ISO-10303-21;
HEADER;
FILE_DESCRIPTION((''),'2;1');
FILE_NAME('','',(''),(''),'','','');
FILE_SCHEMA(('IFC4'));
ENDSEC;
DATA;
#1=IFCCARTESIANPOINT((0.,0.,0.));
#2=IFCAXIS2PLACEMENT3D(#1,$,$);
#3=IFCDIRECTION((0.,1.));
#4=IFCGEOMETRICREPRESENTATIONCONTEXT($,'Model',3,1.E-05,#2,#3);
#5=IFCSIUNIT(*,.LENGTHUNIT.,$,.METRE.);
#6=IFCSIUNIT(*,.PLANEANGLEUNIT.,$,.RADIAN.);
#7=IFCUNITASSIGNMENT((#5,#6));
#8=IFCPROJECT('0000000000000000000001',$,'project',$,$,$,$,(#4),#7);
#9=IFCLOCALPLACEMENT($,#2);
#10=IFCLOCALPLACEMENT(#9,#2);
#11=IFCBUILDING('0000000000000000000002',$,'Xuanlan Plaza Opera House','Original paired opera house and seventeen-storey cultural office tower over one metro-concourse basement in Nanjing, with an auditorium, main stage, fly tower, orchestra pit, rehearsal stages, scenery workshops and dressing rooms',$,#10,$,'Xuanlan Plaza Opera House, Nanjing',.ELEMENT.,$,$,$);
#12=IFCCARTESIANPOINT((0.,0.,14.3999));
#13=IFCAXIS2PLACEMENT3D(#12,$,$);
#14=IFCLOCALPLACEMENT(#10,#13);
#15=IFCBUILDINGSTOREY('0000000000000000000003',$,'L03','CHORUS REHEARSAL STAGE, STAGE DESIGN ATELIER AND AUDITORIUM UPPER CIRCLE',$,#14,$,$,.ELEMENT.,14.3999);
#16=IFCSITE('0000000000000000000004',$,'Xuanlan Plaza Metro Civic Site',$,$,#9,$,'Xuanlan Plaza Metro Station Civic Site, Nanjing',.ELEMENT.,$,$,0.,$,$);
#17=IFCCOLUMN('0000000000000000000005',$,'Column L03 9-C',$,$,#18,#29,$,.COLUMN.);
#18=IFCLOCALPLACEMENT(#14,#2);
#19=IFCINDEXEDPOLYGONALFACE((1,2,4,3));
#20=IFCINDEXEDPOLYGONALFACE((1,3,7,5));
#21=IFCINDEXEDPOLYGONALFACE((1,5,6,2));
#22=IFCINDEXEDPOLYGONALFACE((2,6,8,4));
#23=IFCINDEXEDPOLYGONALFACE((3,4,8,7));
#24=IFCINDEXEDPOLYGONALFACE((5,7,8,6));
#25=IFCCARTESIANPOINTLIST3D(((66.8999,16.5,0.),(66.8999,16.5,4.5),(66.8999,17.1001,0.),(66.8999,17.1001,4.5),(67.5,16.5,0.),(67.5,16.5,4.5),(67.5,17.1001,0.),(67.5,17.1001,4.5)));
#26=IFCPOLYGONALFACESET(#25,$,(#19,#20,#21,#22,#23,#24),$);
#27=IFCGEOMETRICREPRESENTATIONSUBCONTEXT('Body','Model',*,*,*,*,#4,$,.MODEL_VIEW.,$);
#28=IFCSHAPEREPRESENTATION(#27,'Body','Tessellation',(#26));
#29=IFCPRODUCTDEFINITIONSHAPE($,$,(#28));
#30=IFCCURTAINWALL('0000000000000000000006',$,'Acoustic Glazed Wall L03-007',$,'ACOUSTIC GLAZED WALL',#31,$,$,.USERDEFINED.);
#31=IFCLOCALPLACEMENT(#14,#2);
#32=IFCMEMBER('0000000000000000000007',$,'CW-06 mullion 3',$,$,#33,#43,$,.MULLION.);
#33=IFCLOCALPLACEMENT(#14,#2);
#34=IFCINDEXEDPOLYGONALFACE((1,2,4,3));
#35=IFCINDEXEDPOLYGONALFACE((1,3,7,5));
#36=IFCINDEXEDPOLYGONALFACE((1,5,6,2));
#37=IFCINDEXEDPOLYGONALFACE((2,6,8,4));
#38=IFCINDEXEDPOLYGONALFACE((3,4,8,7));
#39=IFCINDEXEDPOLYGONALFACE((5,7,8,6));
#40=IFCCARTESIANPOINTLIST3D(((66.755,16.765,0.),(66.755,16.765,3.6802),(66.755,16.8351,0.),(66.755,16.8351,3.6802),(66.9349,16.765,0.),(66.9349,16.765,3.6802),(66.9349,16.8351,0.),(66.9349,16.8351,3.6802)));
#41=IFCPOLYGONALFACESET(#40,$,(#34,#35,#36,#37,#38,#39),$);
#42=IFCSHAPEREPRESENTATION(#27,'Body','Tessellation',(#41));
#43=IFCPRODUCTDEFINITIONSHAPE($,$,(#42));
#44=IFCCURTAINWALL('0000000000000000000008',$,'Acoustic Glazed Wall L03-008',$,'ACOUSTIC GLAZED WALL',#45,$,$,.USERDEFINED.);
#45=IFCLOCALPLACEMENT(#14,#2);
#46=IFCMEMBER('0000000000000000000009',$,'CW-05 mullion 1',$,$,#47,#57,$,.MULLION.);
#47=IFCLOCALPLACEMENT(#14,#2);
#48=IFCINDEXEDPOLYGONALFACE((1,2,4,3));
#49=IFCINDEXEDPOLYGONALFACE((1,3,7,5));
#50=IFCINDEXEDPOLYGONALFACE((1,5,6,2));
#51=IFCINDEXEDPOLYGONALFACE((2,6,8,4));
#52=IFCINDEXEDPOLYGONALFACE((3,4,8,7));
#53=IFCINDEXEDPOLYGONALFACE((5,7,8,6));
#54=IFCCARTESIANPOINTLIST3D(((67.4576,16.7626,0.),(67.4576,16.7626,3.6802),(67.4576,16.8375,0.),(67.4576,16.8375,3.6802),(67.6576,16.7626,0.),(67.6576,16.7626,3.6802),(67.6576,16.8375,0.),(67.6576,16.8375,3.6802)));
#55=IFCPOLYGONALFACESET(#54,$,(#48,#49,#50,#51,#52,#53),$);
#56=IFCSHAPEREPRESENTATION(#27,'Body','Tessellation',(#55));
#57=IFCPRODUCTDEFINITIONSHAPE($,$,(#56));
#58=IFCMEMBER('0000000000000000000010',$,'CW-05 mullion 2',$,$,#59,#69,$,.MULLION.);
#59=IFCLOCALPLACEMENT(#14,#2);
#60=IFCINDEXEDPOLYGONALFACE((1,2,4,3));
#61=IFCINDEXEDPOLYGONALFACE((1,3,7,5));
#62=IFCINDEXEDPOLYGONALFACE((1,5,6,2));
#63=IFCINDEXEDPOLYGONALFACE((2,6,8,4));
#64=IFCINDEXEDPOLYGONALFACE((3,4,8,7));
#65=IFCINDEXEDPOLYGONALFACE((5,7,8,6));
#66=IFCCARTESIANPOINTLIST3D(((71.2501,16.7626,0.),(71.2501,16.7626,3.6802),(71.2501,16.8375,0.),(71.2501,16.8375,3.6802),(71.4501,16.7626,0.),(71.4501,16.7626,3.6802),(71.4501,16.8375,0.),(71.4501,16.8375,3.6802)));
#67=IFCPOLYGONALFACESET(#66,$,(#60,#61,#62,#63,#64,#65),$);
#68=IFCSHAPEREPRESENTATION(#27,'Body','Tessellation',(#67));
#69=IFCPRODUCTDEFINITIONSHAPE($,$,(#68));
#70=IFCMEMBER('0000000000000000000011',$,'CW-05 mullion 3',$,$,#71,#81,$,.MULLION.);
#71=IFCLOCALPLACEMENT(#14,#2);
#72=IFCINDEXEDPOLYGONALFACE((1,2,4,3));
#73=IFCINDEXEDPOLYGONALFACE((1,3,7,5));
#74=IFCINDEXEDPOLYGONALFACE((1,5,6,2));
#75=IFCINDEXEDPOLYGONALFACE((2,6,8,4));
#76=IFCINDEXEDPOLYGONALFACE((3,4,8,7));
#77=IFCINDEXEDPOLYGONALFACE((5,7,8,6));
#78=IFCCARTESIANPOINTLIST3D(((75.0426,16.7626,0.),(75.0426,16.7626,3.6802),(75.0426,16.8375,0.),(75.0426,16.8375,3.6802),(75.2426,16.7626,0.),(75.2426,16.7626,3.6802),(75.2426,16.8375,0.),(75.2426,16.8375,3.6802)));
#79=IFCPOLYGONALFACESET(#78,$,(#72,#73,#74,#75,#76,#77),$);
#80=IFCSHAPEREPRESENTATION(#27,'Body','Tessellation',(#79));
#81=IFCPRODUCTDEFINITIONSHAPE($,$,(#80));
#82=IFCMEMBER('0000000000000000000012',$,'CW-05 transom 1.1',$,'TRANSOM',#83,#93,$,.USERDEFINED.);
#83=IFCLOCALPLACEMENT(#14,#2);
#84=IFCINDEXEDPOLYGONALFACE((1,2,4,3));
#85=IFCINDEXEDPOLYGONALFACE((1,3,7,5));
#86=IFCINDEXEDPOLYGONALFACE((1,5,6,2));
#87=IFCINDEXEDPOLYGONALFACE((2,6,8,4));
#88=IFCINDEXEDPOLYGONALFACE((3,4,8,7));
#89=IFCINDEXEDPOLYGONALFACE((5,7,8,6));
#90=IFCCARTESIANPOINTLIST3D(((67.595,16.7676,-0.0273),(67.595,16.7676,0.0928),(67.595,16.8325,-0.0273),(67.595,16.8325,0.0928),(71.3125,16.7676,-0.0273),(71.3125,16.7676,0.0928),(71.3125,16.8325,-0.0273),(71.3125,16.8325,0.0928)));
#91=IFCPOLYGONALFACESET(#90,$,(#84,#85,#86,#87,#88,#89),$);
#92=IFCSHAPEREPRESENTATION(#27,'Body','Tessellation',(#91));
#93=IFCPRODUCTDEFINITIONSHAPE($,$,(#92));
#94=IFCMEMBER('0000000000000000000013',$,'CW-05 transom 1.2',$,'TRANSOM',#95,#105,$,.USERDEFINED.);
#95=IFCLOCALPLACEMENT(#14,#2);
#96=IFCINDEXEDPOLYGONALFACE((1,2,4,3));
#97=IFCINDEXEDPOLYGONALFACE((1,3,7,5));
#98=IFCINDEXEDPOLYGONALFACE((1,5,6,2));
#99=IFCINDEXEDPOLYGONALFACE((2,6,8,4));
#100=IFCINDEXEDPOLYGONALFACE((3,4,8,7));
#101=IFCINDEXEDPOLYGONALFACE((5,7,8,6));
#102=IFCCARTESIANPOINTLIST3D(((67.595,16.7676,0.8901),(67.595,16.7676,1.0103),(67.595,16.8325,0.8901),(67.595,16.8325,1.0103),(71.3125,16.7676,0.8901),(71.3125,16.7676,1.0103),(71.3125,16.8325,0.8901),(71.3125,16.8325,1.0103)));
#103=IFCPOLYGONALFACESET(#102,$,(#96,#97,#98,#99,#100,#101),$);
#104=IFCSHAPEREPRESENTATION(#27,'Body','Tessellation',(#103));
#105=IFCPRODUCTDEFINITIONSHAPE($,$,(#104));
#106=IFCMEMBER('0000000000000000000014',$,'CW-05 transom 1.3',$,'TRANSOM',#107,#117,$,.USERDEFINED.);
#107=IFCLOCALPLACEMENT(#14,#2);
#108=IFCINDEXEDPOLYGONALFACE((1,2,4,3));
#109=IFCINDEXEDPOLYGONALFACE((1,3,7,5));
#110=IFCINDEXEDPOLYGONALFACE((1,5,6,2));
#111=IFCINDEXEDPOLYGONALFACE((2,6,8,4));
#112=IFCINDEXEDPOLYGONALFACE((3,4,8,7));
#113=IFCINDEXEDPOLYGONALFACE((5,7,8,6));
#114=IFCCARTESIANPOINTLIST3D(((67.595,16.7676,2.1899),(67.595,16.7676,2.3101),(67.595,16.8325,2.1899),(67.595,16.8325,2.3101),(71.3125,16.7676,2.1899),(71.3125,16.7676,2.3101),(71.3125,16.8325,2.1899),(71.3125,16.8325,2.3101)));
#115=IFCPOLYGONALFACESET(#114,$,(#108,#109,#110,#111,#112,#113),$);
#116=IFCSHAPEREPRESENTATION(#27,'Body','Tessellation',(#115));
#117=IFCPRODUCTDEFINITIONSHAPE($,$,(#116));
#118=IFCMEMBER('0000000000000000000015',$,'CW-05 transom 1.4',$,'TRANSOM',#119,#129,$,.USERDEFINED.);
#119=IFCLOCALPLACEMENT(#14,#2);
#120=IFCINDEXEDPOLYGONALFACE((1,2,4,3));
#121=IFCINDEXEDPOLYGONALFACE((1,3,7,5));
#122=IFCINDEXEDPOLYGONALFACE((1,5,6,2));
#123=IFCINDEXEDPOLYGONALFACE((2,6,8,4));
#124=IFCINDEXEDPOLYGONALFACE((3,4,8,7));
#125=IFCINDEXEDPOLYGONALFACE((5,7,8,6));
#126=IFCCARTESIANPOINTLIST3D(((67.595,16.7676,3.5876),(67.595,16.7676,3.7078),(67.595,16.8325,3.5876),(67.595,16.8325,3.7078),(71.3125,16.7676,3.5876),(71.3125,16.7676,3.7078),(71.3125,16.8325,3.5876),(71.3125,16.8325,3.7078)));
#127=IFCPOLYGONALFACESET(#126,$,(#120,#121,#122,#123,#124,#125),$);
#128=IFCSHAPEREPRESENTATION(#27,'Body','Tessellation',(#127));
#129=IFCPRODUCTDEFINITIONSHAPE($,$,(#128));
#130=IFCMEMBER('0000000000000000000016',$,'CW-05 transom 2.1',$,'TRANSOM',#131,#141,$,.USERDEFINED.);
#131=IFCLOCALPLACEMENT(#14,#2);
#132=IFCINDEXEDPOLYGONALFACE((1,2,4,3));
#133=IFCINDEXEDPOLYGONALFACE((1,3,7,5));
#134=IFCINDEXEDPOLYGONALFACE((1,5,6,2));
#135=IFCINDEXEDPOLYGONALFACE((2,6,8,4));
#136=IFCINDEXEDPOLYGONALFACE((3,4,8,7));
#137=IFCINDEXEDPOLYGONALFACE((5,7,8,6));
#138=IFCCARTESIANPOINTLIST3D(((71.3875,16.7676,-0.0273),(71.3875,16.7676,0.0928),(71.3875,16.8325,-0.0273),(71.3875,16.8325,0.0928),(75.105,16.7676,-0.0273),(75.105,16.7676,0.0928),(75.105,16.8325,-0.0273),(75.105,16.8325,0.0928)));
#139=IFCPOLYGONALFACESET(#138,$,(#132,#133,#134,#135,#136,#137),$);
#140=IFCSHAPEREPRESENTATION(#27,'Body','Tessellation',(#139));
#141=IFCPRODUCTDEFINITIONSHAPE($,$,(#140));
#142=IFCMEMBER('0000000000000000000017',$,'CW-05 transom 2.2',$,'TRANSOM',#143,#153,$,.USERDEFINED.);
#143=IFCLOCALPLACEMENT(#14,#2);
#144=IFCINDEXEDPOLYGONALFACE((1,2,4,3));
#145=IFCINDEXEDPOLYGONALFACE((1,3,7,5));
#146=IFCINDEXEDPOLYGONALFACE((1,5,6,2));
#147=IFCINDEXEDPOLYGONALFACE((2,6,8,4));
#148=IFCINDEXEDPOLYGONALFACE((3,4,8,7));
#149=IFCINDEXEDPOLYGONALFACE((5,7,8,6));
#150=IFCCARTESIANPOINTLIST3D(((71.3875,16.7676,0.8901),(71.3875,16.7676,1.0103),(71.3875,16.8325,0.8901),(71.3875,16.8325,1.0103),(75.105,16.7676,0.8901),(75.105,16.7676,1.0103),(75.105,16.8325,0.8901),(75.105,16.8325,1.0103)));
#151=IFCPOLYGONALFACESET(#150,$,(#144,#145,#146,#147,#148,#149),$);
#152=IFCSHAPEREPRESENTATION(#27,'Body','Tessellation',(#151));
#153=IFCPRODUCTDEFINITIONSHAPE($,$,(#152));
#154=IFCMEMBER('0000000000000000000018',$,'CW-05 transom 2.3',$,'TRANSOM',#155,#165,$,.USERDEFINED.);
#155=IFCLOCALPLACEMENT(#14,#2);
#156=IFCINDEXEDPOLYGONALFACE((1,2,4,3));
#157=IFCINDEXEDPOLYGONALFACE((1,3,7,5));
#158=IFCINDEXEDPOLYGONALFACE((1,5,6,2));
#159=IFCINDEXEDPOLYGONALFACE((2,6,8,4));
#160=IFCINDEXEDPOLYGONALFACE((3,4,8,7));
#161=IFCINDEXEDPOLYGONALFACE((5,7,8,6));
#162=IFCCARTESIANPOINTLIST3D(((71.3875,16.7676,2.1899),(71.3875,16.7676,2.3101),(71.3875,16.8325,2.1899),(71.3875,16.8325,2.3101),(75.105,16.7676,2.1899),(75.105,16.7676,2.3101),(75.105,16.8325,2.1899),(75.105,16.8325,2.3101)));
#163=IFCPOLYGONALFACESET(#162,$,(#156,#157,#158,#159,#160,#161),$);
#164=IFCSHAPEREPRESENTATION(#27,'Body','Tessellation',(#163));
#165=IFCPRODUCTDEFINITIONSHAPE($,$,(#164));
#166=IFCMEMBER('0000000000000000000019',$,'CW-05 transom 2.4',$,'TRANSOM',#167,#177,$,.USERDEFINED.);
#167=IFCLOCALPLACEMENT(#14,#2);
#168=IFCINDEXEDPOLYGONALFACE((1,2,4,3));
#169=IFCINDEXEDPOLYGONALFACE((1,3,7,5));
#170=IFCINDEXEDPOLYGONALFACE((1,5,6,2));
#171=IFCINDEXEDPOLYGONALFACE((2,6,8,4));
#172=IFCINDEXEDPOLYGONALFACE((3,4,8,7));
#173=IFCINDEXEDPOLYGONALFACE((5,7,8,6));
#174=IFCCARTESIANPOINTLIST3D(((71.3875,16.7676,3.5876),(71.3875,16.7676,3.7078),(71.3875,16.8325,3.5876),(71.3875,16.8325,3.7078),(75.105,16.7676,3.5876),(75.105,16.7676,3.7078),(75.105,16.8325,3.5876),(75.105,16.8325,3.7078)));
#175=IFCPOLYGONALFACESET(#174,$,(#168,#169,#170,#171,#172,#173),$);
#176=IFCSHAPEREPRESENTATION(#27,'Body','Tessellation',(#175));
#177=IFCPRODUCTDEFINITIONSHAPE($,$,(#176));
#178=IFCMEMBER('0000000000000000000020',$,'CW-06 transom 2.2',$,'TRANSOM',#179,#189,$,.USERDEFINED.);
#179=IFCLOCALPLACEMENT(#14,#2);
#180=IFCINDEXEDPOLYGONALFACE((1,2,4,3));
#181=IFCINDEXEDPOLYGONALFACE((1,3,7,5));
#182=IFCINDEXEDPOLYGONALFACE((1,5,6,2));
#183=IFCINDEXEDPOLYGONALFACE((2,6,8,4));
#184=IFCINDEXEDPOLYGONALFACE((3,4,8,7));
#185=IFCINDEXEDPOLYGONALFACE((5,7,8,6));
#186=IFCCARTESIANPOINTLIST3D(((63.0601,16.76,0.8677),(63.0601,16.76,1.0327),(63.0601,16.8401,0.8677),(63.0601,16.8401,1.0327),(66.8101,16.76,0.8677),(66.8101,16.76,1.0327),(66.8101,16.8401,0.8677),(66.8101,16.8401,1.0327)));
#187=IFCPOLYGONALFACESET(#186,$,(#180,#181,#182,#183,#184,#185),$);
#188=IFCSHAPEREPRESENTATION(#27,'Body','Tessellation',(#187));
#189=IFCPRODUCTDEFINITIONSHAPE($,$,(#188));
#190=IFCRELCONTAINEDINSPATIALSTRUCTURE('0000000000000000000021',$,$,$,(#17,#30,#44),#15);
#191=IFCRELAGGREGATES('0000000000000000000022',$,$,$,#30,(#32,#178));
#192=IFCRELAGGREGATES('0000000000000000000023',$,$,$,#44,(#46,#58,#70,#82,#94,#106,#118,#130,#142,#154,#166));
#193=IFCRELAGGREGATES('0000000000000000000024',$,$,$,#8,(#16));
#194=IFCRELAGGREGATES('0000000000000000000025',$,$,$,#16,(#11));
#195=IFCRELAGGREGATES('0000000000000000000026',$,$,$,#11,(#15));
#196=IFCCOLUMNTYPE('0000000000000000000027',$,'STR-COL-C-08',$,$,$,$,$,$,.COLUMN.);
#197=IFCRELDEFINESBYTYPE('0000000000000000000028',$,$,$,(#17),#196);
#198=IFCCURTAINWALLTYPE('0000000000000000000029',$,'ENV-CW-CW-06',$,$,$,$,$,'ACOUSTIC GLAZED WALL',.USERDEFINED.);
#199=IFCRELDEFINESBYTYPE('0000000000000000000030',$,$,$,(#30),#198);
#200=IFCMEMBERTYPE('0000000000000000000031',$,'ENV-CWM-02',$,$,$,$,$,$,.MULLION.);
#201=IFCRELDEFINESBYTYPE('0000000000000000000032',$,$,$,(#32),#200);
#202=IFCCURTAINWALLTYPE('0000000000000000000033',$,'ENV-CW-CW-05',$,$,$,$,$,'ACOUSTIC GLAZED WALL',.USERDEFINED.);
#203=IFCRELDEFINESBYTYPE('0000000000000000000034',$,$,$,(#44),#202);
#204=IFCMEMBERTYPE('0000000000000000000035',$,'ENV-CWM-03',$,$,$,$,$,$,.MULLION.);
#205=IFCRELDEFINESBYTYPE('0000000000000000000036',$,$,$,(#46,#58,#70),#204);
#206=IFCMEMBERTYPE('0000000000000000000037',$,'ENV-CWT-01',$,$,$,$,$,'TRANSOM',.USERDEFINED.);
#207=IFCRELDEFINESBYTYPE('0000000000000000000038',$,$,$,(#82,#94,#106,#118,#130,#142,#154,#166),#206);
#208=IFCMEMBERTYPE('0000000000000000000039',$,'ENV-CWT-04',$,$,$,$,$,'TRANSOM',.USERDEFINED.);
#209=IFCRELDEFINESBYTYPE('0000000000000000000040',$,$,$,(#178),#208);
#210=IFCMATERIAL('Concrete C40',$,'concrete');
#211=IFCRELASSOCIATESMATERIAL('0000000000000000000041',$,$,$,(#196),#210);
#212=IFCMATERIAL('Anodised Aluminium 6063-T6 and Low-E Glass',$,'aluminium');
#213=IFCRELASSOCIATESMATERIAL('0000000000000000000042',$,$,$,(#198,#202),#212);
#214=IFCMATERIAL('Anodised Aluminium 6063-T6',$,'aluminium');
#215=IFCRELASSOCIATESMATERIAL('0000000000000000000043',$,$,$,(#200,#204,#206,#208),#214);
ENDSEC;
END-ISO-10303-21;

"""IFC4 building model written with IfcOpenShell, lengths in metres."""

from ifc_helpers import new_model, si_unit, direction, frame, origin, origin_2d, place, context, subcontext, project, spatial, rectangle, extrude, material, material_profile, profile_set, type_object, element, aggregate, save


model = new_model("IFC4")

# Units and contexts
model_context = context("Model", 3, precision=1e-05, world=origin(), true_north=direction((0.0, 1.0)))
body_context = subcontext(model_context, "Body", "Model", "MODEL_VIEW")
ifc_project = project(units=[si_unit("LENGTHUNIT", "METRE"), si_unit("PLANEANGLEUNIT", "RADIAN")], contexts=[model_context])

# Site, building, storey
site_placement = place(None, origin())
site = spatial("IfcSite", under=ifc_project, at=site_placement, Name="Xuanlan Plaza Metro Civic Site", LongName="Xuanlan Plaza Metro Station Civic Site, Nanjing", CompositionType="ELEMENT", RefElevation=0.0)
building_placement = place(site_placement, origin())
building = spatial("IfcBuilding", under=site, at=building_placement, Name="Xuanlan Plaza Opera House", Description="Original paired opera house and seventeen-storey cultural office tower over one metro-concourse basement in Nanjing, with an auditorium, main stage, fly tower, orchestra pit, rehearsal stages, scenery workshops and dressing rooms", LongName="Xuanlan Plaza Opera House, Nanjing", CompositionType="ELEMENT")
storey_placement = place(building_placement, frame((0.0, 0.0, 14.3999)))
storey = spatial("IfcBuildingStorey", under=building, at=storey_placement, Name="L03", Description="CHORUS REHEARSAL STAGE, STAGE DESIGN ATELIER AND AUDITORIUM UPPER CIRCLE", CompositionType="ELEMENT", Elevation=14.3999)

# Column
ifc_material_1 = material(Name="Concrete C40", Category="concrete")
ifc_material_profile_1 = material_profile(ifc_material_1, rectangle(XDim=0.6001, YDim=0.6001, at=origin_2d()), Name="RC-COL 600x600")
ifc_profile_set_1 = profile_set([ifc_material_profile_1], Name="Concrete C40")
column_type = type_object("IfcColumnType", Name="STR-COL-C-08", PredefinedType="COLUMN", material=ifc_profile_set_1)
column_placement = place(storey_placement, frame((67.2, 16.8, 0.0), z_axis=(0.0, 0.0, 1.0), x_axis=(1.0, 0.0, 0.0)))
element("IfcColumn", 1, at=column_placement, inside=storey, type_object=column_type, Name="Column L03 9-C", PredefinedType="COLUMN", context=body_context, shape_type="SweptSolid", body=[
    extrude(rectangle(XDim=0.6001, YDim=0.6001, at=origin_2d()), origin(), (0.0, 0.0, 1.0), 4.5),
])

# Curtain wall, member
ifc_material_2 = material(Name="Anodised Aluminium 6063-T6 and Low-E Glass", Category="aluminium")
curtain_wall_type_1 = type_object("IfcCurtainWallType", Name="ENV-CW-CW-06", ElementType="ACOUSTIC GLAZED WALL", PredefinedType="USERDEFINED", material=ifc_material_2)
curtain_wall_1_placement = place(storey_placement, origin())
curtain_wall_1 = element("IfcCurtainWall", 2, at=curtain_wall_1_placement, inside=storey, type_object=curtain_wall_type_1, Name="Acoustic Glazed Wall L03-007", ObjectType="ACOUSTIC GLAZED WALL", PredefinedType="USERDEFINED")
ifc_material_3 = material(Name="Anodised Aluminium 6063-T6", Category="aluminium")
ifc_material_profile_2 = material_profile(ifc_material_3, rectangle(XDim=0.0701, YDim=0.1799, at=origin_2d()), Name="ALU-M 70x180")
ifc_profile_set_2 = profile_set([ifc_material_profile_2], Name="Anodised Aluminium 6063-T6")
member_type_1 = type_object("IfcMemberType", Name="ENV-CWM-02", PredefinedType="MULLION", material=ifc_profile_set_2)
member_1_placement = place(storey_placement, frame((66.845, 16.8, 0.0), z_axis=(0.0, 0.0, 1.0), x_axis=(0.0, 1.0, 0.0)))
member_1 = element("IfcMember", 3, at=member_1_placement, type_object=member_type_1, Name="CW-06 mullion 3", PredefinedType="MULLION", context=body_context, shape_type="SweptSolid", body=[
    extrude(rectangle(XDim=0.0701, YDim=0.1799, at=origin_2d()), origin(), (0.0, 0.0, 1.0), 3.6802),
])

# Curtain wall, members
curtain_wall_type_2 = type_object("IfcCurtainWallType", Name="ENV-CW-CW-05", ElementType="ACOUSTIC GLAZED WALL", PredefinedType="USERDEFINED", material=ifc_material_2)
curtain_wall_2_placement = place(storey_placement, origin())
curtain_wall_2 = element("IfcCurtainWall", 4, at=curtain_wall_2_placement, inside=storey, type_object=curtain_wall_type_2, Name="Acoustic Glazed Wall L03-008", ObjectType="ACOUSTIC GLAZED WALL", PredefinedType="USERDEFINED")
ifc_material_profile_3 = material_profile(ifc_material_3, rectangle(XDim=0.075, YDim=0.2, at=origin_2d()), Name="ALU-M 75x200")
ifc_profile_set_3 = profile_set([ifc_material_profile_3], Name="Anodised Aluminium 6063-T6")
member_type_2 = type_object("IfcMemberType", Name="ENV-CWM-03", PredefinedType="MULLION", material=ifc_profile_set_3)
member_2_placement = place(storey_placement, frame((67.5576, 16.8, 0.0), z_axis=(0.0, 0.0, 1.0), x_axis=(0.0, 1.0, 0.0)))
member_2 = element("IfcMember", 5, at=member_2_placement, type_object=member_type_2, Name="CW-05 mullion 1", PredefinedType="MULLION", context=body_context, shape_type="SweptSolid", body=[
    extrude(rectangle(XDim=0.075, YDim=0.2, at=origin_2d()), origin(), (0.0, 0.0, 1.0), 3.6802),
])
member_3_placement = place(storey_placement, frame((71.3501, 16.8, 0.0), z_axis=(0.0, 0.0, 1.0), x_axis=(0.0, 1.0, 0.0)))
member_3 = element("IfcMember", 6, at=member_3_placement, type_object=member_type_2, Name="CW-05 mullion 2", PredefinedType="MULLION", context=body_context, shape_type="SweptSolid", body=[
    extrude(rectangle(XDim=0.075, YDim=0.2, at=origin_2d()), origin(), (0.0, 0.0, 1.0), 3.6802),
])
member_4_placement = place(storey_placement, frame((75.1426, 16.8, 0.0), z_axis=(0.0, 0.0, 1.0), x_axis=(0.0, 1.0, 0.0)))
member_4 = element("IfcMember", 7, at=member_4_placement, type_object=member_type_2, Name="CW-05 mullion 3", PredefinedType="MULLION", context=body_context, shape_type="SweptSolid", body=[
    extrude(rectangle(XDim=0.075, YDim=0.2, at=origin_2d()), origin(), (0.0, 0.0, 1.0), 3.6802),
])
ifc_material_profile_4 = material_profile(ifc_material_3, rectangle(XDim=0.0649, YDim=0.1201, at=origin_2d()), Name="ALU-T 65x120")
ifc_profile_set_4 = profile_set([ifc_material_profile_4], Name="Anodised Aluminium 6063-T6")
member_type_3 = type_object("IfcMemberType", Name="ENV-CWT-01", ElementType="TRANSOM", PredefinedType="USERDEFINED", material=ifc_profile_set_4)
member_5_placement = place(storey_placement, frame((67.595, 16.8, 0.0327), z_axis=(1.0, 0.0, 0.0), x_axis=(0.0, 1.0, 0.0)))
member_5 = element("IfcMember", 8, at=member_5_placement, type_object=member_type_3, Name="CW-05 transom 1.1", ObjectType="TRANSOM", PredefinedType="USERDEFINED", context=body_context, shape_type="SweptSolid", body=[
    extrude(rectangle(XDim=0.0649, YDim=0.1201, at=origin_2d()), origin(), (0.0, 0.0, 1.0), 3.7175),
])
member_6_placement = place(storey_placement, frame((67.595, 16.8, 0.9502), z_axis=(1.0, 0.0, 0.0), x_axis=(0.0, 1.0, 0.0)))
member_6 = element("IfcMember", 9, at=member_6_placement, type_object=member_type_3, Name="CW-05 transom 1.2", ObjectType="TRANSOM", PredefinedType="USERDEFINED", context=body_context, shape_type="SweptSolid", body=[
    extrude(rectangle(XDim=0.0649, YDim=0.1201, at=origin_2d()), origin(), (0.0, 0.0, 1.0), 3.7175),
])
member_7_placement = place(storey_placement, frame((67.595, 16.8, 2.25), z_axis=(1.0, 0.0, 0.0), x_axis=(0.0, 1.0, 0.0)))
member_7 = element("IfcMember", 10, at=member_7_placement, type_object=member_type_3, Name="CW-05 transom 1.3", ObjectType="TRANSOM", PredefinedType="USERDEFINED", context=body_context, shape_type="SweptSolid", body=[
    extrude(rectangle(XDim=0.0649, YDim=0.1201, at=origin_2d()), origin(), (0.0, 0.0, 1.0), 3.7175),
])
member_8_placement = place(storey_placement, frame((67.595, 16.8, 3.6477), z_axis=(1.0, 0.0, 0.0), x_axis=(0.0, 1.0, 0.0)))
member_8 = element("IfcMember", 11, at=member_8_placement, type_object=member_type_3, Name="CW-05 transom 1.4", ObjectType="TRANSOM", PredefinedType="USERDEFINED", context=body_context, shape_type="SweptSolid", body=[
    extrude(rectangle(XDim=0.0649, YDim=0.1201, at=origin_2d()), origin(), (0.0, 0.0, 1.0), 3.7175),
])
member_9_placement = place(storey_placement, frame((71.3875, 16.8, 0.0327), z_axis=(1.0, 0.0, 0.0), x_axis=(0.0, 1.0, 0.0)))
member_9 = element("IfcMember", 12, at=member_9_placement, type_object=member_type_3, Name="CW-05 transom 2.1", ObjectType="TRANSOM", PredefinedType="USERDEFINED", context=body_context, shape_type="SweptSolid", body=[
    extrude(rectangle(XDim=0.0649, YDim=0.1201, at=origin_2d()), origin(), (0.0, 0.0, 1.0), 3.7175),
])
member_10_placement = place(storey_placement, frame((71.3875, 16.8, 0.9502), z_axis=(1.0, 0.0, 0.0), x_axis=(0.0, 1.0, 0.0)))
member_10 = element("IfcMember", 13, at=member_10_placement, type_object=member_type_3, Name="CW-05 transom 2.2", ObjectType="TRANSOM", PredefinedType="USERDEFINED", context=body_context, shape_type="SweptSolid", body=[
    extrude(rectangle(XDim=0.0649, YDim=0.1201, at=origin_2d()), origin(), (0.0, 0.0, 1.0), 3.7175),
])
member_11_placement = place(storey_placement, frame((71.3875, 16.8, 2.25), z_axis=(1.0, 0.0, 0.0), x_axis=(0.0, 1.0, 0.0)))
member_11 = element("IfcMember", 14, at=member_11_placement, type_object=member_type_3, Name="CW-05 transom 2.3", ObjectType="TRANSOM", PredefinedType="USERDEFINED", context=body_context, shape_type="SweptSolid", body=[
    extrude(rectangle(XDim=0.0649, YDim=0.1201, at=origin_2d()), origin(), (0.0, 0.0, 1.0), 3.7175),
])
member_12_placement = place(storey_placement, frame((71.3875, 16.8, 3.6477), z_axis=(1.0, 0.0, 0.0), x_axis=(0.0, 1.0, 0.0)))
member_12 = element("IfcMember", 15, at=member_12_placement, type_object=member_type_3, Name="CW-05 transom 2.4", ObjectType="TRANSOM", PredefinedType="USERDEFINED", context=body_context, shape_type="SweptSolid", body=[
    extrude(rectangle(XDim=0.0649, YDim=0.1201, at=origin_2d()), origin(), (0.0, 0.0, 1.0), 3.7175),
])

# Member
ifc_material_profile_5 = material_profile(ifc_material_3, rectangle(XDim=0.0801, YDim=0.165, at=origin_2d()), Name="ALU-T 80x165")
ifc_profile_set_5 = profile_set([ifc_material_profile_5], Name="Anodised Aluminium 6063-T6")
member_type_4 = type_object("IfcMemberType", Name="ENV-CWT-04", ElementType="TRANSOM", PredefinedType="USERDEFINED", material=ifc_profile_set_5)
member_13_placement = place(storey_placement, frame((63.0601, 16.8, 0.9502), z_axis=(1.0, 0.0, 0.0), x_axis=(0.0, 1.0, 0.0)))
member_13 = element("IfcMember", 16, at=member_13_placement, type_object=member_type_4, Name="CW-06 transom 2.2", ObjectType="TRANSOM", PredefinedType="USERDEFINED", context=body_context, shape_type="SweptSolid", body=[
    extrude(rectangle(XDim=0.0801, YDim=0.165, at=origin_2d()), origin(), (0.0, 0.0, 1.0), 3.75),
])

aggregate(curtain_wall_1, [member_1, member_13])
aggregate(curtain_wall_2, [member_2, member_3, member_4, member_5, member_6, member_7, member_8, member_9, member_10, member_11, member_12])

save(model, "model.ifc")
